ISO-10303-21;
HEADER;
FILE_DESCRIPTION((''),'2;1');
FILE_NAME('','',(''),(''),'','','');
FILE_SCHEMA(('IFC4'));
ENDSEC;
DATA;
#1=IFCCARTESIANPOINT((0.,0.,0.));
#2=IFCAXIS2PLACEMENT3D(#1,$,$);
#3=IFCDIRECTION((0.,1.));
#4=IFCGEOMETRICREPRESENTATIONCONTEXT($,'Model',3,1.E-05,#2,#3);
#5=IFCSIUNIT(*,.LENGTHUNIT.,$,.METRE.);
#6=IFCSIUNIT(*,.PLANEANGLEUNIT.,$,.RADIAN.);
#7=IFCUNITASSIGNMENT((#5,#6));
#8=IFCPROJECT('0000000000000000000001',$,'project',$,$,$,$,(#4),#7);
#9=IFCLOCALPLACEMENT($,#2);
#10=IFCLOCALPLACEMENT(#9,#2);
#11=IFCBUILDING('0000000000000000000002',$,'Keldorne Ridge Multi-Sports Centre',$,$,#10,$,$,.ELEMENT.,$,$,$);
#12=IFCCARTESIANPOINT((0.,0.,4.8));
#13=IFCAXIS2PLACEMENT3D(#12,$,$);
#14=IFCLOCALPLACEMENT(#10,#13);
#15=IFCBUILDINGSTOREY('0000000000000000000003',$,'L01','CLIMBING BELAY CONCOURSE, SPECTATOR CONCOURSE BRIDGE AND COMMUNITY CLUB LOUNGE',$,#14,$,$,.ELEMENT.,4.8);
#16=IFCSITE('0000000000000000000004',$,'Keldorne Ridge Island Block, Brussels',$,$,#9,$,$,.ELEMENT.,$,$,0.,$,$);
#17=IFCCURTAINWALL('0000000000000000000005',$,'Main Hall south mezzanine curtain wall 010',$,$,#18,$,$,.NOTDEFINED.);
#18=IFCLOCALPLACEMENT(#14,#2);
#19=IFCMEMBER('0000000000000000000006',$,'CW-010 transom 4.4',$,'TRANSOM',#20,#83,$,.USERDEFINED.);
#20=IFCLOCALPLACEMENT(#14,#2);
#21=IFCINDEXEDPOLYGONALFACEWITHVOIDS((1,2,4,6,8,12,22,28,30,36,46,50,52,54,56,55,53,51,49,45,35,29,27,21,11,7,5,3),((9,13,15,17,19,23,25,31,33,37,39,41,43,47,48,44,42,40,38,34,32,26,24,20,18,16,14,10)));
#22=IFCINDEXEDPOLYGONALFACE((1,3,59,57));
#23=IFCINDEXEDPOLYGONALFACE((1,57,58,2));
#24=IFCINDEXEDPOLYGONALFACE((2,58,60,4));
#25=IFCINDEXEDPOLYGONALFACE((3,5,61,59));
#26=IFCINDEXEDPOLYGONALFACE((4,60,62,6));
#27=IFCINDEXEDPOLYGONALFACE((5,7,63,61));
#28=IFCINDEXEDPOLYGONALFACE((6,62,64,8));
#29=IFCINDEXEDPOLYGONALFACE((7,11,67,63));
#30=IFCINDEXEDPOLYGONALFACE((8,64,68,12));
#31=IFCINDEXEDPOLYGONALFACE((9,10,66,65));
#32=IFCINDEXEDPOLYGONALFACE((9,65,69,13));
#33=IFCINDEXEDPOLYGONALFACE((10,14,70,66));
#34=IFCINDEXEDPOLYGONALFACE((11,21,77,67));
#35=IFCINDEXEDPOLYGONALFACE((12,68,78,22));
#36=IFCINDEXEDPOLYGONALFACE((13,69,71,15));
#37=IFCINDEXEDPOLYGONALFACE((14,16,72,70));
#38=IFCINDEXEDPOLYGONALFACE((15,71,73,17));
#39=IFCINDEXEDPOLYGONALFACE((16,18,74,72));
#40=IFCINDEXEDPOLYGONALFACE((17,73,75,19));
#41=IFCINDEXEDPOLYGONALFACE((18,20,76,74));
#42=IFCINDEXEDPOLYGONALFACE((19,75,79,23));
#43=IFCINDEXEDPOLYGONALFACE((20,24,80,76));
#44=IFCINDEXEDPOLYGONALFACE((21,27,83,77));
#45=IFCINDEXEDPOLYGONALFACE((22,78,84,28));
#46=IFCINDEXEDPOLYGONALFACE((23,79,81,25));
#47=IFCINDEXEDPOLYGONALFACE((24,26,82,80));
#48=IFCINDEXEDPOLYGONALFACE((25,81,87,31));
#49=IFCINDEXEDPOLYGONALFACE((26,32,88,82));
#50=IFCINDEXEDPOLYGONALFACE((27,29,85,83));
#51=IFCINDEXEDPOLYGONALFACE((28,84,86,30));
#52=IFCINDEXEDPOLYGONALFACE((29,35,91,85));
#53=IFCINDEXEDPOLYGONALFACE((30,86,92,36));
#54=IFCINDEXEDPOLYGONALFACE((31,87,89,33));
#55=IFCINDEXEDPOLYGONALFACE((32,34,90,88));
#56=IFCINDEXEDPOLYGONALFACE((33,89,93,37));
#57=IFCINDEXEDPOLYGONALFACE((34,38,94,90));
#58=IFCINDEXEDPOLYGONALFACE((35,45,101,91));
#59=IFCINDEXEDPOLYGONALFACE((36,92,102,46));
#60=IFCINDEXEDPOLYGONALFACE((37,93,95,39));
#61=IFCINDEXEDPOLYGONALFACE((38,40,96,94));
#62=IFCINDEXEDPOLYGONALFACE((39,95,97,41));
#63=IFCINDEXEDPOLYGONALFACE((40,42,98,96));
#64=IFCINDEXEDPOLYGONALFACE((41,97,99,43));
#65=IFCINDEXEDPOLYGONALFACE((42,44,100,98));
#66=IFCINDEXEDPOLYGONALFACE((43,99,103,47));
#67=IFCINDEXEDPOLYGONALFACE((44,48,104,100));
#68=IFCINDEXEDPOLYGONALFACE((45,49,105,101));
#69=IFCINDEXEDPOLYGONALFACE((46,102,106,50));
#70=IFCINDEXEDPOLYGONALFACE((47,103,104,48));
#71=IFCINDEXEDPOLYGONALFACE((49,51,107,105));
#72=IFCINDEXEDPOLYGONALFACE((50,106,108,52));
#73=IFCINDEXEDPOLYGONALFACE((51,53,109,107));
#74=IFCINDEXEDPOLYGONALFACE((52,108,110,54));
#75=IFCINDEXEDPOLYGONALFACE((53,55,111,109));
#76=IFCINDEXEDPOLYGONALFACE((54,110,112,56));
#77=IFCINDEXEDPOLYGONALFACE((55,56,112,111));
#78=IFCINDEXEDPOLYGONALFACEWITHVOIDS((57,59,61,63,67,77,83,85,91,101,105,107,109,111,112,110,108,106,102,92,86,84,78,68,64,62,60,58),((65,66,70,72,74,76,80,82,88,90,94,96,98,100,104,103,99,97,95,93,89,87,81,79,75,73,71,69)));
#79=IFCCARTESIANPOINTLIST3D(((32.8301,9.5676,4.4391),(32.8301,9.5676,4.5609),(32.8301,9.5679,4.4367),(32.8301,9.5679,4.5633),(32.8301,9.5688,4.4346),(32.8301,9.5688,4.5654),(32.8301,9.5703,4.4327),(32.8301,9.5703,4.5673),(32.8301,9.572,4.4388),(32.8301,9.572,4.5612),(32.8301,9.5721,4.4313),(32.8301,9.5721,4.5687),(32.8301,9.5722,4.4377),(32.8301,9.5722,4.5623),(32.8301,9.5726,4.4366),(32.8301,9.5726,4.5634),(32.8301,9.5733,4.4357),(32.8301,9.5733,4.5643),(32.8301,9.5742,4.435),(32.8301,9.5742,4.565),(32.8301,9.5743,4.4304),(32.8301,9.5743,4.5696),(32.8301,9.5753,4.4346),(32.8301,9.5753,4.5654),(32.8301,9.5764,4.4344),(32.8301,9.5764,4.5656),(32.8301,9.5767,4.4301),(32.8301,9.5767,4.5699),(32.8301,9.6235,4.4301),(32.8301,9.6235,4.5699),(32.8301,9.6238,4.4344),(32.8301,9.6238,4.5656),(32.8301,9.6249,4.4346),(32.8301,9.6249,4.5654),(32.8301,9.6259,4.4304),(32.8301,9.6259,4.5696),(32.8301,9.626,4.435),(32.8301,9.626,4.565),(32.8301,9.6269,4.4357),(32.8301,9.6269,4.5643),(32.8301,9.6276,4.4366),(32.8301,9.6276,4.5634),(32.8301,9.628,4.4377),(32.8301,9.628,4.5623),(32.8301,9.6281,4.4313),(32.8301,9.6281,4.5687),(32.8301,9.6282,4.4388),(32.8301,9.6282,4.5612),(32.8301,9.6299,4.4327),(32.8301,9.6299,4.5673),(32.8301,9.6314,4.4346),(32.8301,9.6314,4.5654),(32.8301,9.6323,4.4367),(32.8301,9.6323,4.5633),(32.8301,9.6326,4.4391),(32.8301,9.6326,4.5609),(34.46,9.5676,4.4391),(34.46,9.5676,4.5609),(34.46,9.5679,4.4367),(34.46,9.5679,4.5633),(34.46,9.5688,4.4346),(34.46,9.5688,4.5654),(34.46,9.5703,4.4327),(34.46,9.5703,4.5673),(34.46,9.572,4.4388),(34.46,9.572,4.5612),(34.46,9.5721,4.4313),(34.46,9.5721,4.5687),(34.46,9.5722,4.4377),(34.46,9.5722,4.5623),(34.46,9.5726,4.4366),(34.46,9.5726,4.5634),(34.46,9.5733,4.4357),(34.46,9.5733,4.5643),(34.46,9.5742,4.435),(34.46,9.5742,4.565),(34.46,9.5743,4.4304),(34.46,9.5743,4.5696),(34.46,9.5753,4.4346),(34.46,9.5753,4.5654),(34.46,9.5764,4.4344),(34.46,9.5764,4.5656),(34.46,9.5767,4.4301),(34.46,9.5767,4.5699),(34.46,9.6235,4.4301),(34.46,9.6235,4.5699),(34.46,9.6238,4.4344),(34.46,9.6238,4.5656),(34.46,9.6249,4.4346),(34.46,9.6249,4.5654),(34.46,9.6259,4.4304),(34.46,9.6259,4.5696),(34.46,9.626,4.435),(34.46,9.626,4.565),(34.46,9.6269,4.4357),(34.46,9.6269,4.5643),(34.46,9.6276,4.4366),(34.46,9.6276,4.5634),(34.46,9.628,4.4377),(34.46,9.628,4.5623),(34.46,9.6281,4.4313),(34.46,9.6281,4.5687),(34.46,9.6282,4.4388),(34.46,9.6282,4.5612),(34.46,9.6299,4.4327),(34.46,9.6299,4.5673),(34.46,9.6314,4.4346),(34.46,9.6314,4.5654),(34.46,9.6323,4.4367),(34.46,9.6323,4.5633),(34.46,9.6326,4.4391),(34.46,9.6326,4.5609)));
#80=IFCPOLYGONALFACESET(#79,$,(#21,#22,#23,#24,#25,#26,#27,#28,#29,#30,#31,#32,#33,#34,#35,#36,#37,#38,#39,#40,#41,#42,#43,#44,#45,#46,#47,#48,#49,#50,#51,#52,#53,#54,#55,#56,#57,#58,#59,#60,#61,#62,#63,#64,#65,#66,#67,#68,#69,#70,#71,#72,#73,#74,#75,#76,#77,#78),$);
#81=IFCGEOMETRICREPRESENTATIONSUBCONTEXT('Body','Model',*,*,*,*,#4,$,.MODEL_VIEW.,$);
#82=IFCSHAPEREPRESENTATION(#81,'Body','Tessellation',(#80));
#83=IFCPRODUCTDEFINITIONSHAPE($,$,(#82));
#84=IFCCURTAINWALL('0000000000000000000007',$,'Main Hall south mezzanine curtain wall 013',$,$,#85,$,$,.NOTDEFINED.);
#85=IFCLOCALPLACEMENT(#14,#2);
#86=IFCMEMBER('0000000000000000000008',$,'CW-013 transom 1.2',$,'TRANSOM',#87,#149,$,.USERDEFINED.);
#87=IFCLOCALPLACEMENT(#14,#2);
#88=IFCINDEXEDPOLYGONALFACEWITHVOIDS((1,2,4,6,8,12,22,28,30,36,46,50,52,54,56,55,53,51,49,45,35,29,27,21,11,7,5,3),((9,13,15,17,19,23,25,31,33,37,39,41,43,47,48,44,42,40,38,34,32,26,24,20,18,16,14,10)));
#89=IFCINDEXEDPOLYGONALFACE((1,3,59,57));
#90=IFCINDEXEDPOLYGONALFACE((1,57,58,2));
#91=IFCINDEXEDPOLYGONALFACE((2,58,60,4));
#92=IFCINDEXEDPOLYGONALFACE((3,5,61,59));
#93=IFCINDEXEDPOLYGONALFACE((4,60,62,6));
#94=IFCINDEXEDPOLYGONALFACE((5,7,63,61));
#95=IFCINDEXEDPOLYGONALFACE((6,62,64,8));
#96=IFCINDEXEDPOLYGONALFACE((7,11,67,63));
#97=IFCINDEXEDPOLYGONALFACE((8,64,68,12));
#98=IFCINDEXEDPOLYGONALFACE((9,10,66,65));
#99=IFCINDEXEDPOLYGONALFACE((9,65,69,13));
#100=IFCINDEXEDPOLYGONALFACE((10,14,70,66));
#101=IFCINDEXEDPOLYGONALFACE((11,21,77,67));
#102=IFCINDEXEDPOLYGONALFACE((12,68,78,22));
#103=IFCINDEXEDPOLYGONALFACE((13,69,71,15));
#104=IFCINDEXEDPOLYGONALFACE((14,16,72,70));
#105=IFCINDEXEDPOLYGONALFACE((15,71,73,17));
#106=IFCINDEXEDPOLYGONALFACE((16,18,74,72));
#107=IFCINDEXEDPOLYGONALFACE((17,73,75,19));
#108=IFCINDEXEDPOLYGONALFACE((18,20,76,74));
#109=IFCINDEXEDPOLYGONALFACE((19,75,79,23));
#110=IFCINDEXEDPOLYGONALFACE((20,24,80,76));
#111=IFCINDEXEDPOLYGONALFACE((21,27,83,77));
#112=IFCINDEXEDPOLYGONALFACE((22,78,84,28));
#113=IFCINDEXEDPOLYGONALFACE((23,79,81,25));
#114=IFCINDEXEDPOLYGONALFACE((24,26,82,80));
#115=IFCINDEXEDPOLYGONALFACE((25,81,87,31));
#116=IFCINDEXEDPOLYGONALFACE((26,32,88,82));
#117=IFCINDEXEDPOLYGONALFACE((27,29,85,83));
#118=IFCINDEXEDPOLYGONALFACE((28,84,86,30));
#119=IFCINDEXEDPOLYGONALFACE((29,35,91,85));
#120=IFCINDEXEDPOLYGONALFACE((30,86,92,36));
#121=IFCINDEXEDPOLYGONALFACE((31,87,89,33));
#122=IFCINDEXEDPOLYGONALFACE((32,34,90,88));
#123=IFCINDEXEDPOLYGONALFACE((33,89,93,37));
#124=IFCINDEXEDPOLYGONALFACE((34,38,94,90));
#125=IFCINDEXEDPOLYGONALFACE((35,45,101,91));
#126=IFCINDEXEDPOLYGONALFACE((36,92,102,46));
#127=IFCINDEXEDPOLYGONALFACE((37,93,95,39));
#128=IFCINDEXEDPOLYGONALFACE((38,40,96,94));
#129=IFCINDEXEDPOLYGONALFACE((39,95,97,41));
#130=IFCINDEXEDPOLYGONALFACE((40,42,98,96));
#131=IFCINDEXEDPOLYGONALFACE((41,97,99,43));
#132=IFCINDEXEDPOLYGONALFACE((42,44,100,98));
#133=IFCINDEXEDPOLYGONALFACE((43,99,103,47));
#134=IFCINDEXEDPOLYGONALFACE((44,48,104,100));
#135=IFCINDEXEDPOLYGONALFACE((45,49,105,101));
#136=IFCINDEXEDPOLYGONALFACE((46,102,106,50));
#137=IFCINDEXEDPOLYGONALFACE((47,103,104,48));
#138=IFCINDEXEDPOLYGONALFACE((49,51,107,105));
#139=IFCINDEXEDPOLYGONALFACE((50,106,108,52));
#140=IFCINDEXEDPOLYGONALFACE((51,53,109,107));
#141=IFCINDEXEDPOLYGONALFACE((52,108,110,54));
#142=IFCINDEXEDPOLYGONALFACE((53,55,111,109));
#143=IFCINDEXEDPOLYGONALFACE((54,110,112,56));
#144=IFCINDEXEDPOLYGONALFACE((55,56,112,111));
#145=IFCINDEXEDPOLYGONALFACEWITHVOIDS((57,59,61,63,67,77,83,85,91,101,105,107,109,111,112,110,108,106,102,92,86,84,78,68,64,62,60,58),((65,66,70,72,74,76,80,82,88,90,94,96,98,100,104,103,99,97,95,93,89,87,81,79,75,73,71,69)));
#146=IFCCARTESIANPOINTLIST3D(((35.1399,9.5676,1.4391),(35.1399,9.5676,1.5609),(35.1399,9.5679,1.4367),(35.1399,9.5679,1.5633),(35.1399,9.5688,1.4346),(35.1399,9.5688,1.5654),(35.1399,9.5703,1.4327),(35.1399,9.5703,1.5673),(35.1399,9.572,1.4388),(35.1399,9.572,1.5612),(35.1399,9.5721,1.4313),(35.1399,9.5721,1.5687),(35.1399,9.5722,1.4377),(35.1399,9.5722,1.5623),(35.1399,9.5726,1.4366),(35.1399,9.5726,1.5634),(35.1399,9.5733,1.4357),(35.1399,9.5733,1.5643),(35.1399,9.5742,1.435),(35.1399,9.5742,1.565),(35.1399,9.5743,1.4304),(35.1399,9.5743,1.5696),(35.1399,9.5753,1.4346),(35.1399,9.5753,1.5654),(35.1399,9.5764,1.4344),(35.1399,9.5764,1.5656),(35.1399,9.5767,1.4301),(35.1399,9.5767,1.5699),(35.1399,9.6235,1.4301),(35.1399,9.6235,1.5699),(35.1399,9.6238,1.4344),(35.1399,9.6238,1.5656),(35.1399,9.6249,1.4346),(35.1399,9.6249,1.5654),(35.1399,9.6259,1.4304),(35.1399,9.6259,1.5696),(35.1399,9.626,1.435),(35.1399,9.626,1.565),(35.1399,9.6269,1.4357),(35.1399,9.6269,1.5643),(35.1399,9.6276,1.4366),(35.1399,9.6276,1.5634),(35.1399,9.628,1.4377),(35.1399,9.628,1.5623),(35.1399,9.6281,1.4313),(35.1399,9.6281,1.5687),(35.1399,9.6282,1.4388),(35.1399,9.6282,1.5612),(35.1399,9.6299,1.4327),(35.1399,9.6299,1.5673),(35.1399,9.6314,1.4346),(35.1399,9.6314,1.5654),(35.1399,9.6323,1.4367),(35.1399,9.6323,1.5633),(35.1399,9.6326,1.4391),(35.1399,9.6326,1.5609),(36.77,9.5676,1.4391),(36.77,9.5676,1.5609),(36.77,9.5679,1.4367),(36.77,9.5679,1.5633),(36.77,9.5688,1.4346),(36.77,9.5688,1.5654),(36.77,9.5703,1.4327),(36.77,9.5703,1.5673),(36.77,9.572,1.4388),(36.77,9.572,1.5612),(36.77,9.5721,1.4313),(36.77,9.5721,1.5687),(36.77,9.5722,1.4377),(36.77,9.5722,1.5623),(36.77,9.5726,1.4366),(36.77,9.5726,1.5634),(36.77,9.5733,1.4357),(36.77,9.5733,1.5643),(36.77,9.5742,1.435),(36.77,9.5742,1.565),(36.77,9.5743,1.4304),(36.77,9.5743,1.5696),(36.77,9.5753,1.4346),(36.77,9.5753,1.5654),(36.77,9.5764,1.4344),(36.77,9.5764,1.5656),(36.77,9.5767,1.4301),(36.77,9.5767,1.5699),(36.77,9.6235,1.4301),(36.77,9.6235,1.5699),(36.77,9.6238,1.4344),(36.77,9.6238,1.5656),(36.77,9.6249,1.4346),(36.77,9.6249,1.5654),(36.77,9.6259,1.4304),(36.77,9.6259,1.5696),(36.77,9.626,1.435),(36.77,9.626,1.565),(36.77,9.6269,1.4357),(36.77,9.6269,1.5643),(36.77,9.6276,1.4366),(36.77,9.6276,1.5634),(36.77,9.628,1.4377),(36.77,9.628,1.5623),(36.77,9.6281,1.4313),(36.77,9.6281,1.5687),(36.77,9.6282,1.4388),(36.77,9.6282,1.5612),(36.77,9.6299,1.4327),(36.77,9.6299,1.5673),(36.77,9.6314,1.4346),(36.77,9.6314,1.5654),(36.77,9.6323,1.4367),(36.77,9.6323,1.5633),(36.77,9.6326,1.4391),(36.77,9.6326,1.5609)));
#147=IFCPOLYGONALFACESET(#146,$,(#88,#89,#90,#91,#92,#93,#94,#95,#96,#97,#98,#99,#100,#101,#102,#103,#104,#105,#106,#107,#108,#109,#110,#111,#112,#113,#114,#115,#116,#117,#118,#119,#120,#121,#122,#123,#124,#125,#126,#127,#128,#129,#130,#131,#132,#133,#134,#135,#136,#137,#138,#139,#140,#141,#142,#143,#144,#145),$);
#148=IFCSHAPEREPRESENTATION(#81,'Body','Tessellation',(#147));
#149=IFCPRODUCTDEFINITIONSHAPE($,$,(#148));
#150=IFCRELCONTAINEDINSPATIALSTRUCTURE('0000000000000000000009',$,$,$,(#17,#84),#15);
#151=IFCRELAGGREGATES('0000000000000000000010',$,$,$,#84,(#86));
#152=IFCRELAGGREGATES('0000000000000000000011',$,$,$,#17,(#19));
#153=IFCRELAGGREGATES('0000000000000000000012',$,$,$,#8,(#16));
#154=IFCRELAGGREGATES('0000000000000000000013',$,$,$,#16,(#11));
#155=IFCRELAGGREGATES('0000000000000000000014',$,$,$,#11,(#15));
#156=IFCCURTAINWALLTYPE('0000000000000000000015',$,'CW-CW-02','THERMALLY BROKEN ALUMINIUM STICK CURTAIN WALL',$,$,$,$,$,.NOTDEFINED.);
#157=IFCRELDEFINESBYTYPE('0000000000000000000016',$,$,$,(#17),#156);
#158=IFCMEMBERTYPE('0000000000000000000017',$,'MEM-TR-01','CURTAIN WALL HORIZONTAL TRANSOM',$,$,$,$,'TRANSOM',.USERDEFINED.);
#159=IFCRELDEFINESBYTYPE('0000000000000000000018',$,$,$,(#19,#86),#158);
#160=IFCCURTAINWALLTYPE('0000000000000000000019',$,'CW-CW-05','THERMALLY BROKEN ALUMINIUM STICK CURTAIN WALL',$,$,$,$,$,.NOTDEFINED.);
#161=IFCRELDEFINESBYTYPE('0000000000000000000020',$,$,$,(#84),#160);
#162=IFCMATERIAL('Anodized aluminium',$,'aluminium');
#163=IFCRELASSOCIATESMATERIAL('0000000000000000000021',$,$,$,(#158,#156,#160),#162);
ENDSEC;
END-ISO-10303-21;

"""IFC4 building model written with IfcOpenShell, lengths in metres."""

from ifc_helpers import new_model, si_unit, direction, frame, origin, origin_2d, place, context, subcontext, project, spatial, hollow_rectangle, extrude, material, material_profile, profile_set, type_object, element, aggregate, save


model = new_model("IFC4")

# Units and contexts
model_context = context("Model", 3, precision=1e-05, world=origin(), true_north=direction((0.0, 1.0)))
body_context = subcontext(model_context, "Body", "Model", "MODEL_VIEW")
ifc_project = project(units=[si_unit("LENGTHUNIT", "METRE"), si_unit("PLANEANGLEUNIT", "RADIAN")], contexts=[model_context])

# Site, building, storey
site_placement = place(None, origin())
site = spatial("IfcSite", under=ifc_project, at=site_placement, Name="Keldorne Ridge Island Block, Brussels", CompositionType="ELEMENT", RefElevation=0.0)
building_placement = place(site_placement, origin())
building = spatial("IfcBuilding", under=site, at=building_placement, Name="Keldorne Ridge Multi-Sports Centre", CompositionType="ELEMENT")
storey_placement = place(building_placement, frame((0.0, 0.0, 4.8)))
storey = spatial("IfcBuildingStorey", under=building, at=storey_placement, Name="L01", Description="CLIMBING BELAY CONCOURSE, SPECTATOR CONCOURSE BRIDGE AND COMMUNITY CLUB LOUNGE", CompositionType="ELEMENT", Elevation=4.8)

# Curtain walls, members
ifc_material_1 = material(Name="Anodized aluminium", Category="aluminium")
ifc_material_profile_1 = material_profile(ifc_material_1, hollow_rectangle(XDim=0.0649, YDim=0.1399, WallThickness=0.0044, InnerFilletRadius=0.0044, OuterFilletRadius=0.009, at=origin_2d()), Name="ALU TRANSOM 140x65x4.5")
ifc_profile_set_1 = profile_set([ifc_material_profile_1], Name="Anodized aluminium")
member_type = type_object("IfcMemberType", Name="MEM-TR-01", Description="CURTAIN WALL HORIZONTAL TRANSOM", ElementType="TRANSOM", PredefinedType="USERDEFINED", material=ifc_profile_set_1)
curtain_wall_type_1 = type_object("IfcCurtainWallType", Name="CW-CW-02", Description="THERMALLY BROKEN ALUMINIUM STICK CURTAIN WALL", PredefinedType="NOTDEFINED", material=ifc_material_1)
curtain_wall_1_placement = place(storey_placement, origin())
curtain_wall_1 = element("IfcCurtainWall", 1, at=curtain_wall_1_placement, inside=storey, type_object=curtain_wall_type_1, Name="Main Hall south mezzanine curtain wall 010", PredefinedType="NOTDEFINED")
member_1_placement = place(storey_placement, frame((32.8301, 9.6001, 4.5), z_axis=(1.0, 0.0, 0.0), x_axis=(0.0, 1.0, 0.0)))
member_1 = element("IfcMember", 2, at=member_1_placement, type_object=member_type, Name="CW-010 transom 4.4", ObjectType="TRANSOM", PredefinedType="USERDEFINED", context=body_context, shape_type="SweptSolid", body=[
    extrude(hollow_rectangle(XDim=0.0649, YDim=0.1399, WallThickness=0.0044, InnerFilletRadius=0.0044, OuterFilletRadius=0.009, at=origin_2d()), origin(), (0.0, 0.0, 1.0), 1.6299),
])
curtain_wall_type_2 = type_object("IfcCurtainWallType", Name="CW-CW-05", Description="THERMALLY BROKEN ALUMINIUM STICK CURTAIN WALL", PredefinedType="NOTDEFINED", material=ifc_material_1)
curtain_wall_2_placement = place(storey_placement, origin())
curtain_wall_2 = element("IfcCurtainWall", 3, at=curtain_wall_2_placement, inside=storey, type_object=curtain_wall_type_2, Name="Main Hall south mezzanine curtain wall 013", PredefinedType="NOTDEFINED")
member_2_placement = place(storey_placement, frame((35.1399, 9.6001, 1.5), z_axis=(1.0, 0.0, 0.0), x_axis=(0.0, 1.0, 0.0)))
member_2 = element("IfcMember", 4, at=member_2_placement, type_object=member_type, Name="CW-013 transom 1.2", ObjectType="TRANSOM", PredefinedType="USERDEFINED", context=body_context, shape_type="SweptSolid", body=[
    extrude(hollow_rectangle(XDim=0.0649, YDim=0.1399, WallThickness=0.0044, InnerFilletRadius=0.0044, OuterFilletRadius=0.009, at=origin_2d()), origin(), (0.0, 0.0, 1.0), 1.6301),
])
aggregate(curtain_wall_2, [member_2])

aggregate(curtain_wall_1, [member_1])

save(model, "model.ifc")
